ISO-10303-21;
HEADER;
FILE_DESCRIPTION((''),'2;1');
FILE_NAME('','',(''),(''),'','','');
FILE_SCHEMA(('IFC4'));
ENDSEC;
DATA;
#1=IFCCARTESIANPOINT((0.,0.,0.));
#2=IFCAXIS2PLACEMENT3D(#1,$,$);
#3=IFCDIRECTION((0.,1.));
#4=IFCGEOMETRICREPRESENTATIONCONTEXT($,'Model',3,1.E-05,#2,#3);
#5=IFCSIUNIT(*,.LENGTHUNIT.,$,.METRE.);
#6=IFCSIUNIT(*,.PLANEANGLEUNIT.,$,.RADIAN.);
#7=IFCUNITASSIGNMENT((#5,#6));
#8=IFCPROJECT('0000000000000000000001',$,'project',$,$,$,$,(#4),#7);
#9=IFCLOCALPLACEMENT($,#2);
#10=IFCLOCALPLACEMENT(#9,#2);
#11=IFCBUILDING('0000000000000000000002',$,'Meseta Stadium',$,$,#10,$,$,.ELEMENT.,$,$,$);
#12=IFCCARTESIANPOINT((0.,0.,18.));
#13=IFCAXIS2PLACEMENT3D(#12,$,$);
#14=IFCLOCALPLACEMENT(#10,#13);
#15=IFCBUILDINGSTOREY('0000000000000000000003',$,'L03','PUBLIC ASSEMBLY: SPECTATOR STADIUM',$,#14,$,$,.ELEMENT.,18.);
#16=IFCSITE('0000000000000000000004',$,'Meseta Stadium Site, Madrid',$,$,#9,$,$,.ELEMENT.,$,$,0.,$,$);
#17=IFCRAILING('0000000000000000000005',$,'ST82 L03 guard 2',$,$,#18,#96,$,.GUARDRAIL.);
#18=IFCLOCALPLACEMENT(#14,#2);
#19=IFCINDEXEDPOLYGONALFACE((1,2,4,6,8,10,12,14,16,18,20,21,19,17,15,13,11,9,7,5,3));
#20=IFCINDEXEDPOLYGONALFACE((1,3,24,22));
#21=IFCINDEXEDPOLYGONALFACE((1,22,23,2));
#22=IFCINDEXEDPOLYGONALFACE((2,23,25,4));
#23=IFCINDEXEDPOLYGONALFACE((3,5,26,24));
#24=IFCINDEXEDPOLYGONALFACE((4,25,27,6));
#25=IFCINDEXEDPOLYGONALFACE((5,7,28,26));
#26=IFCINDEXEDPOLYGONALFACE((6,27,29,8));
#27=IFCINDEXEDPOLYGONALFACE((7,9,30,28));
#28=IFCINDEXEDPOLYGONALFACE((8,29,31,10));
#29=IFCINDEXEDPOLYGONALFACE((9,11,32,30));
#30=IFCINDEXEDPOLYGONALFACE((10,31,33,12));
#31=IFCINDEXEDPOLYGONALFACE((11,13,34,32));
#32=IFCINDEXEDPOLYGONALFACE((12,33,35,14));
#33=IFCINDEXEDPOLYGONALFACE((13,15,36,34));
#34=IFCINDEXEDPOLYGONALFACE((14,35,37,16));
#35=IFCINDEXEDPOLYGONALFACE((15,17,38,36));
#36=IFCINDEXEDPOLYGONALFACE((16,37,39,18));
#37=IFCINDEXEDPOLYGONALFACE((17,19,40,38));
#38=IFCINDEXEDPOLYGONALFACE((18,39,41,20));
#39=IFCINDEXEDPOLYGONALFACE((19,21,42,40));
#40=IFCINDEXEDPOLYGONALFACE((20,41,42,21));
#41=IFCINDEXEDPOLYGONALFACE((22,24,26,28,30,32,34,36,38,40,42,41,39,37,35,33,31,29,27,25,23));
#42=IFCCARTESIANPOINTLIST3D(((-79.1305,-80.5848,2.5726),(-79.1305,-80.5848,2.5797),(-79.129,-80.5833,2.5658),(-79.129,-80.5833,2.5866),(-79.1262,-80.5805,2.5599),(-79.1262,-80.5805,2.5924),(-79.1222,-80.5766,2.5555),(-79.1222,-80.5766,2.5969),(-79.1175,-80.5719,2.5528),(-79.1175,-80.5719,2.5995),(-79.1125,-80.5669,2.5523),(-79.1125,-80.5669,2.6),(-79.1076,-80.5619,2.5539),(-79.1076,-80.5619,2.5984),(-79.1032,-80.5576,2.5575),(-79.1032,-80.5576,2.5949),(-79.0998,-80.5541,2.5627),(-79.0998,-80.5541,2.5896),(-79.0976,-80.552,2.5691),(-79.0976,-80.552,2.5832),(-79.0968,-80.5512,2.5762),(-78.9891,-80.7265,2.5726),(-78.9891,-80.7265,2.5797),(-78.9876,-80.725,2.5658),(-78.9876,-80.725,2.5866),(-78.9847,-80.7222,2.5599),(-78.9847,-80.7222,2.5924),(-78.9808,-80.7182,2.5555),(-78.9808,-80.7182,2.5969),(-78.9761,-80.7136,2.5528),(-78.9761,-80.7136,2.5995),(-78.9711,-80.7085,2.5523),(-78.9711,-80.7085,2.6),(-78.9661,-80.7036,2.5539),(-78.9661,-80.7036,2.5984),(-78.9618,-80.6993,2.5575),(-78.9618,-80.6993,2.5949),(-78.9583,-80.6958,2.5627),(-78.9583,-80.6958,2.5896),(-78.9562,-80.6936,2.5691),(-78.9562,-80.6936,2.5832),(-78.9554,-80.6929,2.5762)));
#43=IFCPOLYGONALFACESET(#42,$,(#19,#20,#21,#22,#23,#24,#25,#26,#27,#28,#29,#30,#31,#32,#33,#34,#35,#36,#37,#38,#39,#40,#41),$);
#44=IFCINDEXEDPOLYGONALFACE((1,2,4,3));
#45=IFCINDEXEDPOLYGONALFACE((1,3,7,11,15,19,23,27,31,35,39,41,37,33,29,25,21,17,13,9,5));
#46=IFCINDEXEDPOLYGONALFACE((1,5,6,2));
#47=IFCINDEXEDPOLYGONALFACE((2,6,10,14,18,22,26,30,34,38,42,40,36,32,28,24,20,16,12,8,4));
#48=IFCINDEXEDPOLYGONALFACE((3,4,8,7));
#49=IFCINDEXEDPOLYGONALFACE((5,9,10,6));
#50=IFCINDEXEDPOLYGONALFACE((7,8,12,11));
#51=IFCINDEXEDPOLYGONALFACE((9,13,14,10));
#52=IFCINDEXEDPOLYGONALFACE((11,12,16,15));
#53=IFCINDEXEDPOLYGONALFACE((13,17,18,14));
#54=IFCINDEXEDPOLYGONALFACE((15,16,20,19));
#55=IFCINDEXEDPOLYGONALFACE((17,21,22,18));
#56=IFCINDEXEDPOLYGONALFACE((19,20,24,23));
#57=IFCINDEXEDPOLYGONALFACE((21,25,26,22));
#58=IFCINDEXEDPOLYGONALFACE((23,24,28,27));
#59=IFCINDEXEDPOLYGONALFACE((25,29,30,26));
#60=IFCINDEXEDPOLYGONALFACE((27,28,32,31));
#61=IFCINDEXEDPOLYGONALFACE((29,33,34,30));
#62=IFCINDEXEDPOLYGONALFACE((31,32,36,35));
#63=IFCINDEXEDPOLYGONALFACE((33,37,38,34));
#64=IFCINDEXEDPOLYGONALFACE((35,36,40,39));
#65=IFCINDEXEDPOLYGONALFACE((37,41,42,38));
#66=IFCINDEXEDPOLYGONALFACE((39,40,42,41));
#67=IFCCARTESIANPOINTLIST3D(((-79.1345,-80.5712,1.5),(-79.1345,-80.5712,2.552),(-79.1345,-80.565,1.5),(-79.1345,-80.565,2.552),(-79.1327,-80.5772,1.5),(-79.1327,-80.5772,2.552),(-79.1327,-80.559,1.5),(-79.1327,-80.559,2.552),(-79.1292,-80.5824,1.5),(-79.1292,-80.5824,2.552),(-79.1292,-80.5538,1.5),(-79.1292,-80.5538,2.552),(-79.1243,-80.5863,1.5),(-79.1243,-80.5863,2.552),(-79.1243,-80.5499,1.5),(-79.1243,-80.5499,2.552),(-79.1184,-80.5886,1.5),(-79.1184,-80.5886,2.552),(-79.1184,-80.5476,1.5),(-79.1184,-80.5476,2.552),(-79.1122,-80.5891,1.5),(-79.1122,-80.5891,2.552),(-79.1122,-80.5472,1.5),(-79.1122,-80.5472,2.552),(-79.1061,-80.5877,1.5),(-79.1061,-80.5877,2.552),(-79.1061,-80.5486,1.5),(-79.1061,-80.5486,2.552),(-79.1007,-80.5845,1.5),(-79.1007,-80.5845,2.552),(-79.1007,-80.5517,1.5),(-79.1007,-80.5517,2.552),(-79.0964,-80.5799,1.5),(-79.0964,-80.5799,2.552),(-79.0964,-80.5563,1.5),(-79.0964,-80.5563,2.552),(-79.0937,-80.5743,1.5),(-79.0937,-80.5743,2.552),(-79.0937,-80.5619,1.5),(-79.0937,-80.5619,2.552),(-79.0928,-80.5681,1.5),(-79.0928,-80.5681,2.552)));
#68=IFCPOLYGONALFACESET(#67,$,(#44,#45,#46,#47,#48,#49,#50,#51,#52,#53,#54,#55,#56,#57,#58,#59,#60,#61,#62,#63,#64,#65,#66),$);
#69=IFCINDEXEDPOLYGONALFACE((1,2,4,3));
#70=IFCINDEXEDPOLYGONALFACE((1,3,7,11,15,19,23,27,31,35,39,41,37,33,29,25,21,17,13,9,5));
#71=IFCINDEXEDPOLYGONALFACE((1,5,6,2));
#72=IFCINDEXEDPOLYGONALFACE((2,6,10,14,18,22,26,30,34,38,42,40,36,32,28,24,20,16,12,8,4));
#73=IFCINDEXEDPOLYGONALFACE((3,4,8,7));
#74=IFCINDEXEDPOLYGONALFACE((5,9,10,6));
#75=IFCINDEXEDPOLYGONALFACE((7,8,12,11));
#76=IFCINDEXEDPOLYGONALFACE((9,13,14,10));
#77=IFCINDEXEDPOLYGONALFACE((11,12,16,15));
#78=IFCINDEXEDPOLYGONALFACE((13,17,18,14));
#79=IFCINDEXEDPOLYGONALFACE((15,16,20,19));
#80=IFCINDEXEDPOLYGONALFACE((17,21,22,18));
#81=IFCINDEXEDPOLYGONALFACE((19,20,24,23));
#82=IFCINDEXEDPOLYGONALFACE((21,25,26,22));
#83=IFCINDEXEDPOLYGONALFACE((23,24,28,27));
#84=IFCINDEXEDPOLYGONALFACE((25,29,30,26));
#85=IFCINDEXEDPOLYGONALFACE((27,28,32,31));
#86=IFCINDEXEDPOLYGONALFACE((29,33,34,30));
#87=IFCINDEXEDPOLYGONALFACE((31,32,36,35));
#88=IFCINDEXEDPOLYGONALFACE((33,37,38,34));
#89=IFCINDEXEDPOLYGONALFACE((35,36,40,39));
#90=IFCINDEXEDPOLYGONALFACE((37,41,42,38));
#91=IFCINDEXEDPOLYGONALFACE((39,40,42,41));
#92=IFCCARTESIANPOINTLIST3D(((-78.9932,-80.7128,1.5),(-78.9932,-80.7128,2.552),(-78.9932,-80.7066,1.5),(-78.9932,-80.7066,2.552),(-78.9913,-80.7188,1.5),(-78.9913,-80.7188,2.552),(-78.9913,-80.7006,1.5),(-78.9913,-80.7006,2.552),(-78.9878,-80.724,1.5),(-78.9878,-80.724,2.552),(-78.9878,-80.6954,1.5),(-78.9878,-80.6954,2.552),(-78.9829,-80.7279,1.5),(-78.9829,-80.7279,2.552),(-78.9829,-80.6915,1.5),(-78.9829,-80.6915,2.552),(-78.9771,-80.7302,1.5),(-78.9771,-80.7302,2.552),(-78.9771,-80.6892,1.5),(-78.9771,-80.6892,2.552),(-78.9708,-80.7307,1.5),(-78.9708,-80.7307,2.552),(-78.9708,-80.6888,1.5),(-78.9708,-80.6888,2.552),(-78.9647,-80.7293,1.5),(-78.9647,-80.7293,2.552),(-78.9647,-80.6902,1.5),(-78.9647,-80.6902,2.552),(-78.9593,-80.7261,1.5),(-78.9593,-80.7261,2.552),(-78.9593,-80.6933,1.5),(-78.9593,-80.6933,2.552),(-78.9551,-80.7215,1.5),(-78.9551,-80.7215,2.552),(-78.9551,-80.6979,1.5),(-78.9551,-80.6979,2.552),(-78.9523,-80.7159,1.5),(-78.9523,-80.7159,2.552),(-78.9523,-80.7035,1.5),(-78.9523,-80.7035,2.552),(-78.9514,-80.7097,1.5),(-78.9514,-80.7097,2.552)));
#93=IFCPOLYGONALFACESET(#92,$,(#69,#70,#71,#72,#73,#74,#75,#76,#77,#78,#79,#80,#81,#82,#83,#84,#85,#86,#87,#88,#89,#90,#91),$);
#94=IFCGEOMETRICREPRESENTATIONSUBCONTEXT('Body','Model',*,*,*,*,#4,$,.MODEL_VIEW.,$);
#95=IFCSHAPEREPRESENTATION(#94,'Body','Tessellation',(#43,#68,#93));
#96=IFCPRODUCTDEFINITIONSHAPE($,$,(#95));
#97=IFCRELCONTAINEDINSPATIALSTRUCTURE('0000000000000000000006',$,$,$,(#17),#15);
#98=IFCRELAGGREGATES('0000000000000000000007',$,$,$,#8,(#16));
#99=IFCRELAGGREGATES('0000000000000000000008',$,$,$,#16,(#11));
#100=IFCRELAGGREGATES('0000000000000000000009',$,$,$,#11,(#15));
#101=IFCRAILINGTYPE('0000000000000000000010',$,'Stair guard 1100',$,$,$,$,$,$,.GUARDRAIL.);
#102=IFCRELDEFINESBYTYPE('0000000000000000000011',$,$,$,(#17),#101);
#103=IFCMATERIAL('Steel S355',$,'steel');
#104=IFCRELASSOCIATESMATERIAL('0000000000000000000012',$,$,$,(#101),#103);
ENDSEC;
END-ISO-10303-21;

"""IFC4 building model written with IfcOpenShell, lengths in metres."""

from ifc_helpers import new_model, si_unit, direction, frame, origin, origin_2d, place, context, subcontext, project, spatial, circle, extrude, material, type_object, element, save


model = new_model("IFC4")

# Units and contexts
model_context = context("Model", 3, precision=1e-05, world=origin(), true_north=direction((0.0, 1.0)))
body_context = subcontext(model_context, "Body", "Model", "MODEL_VIEW")
ifc_project = project(units=[si_unit("LENGTHUNIT", "METRE"), si_unit("PLANEANGLEUNIT", "RADIAN")], contexts=[model_context])

# Site, building, storey
site_placement = place(None, origin())
site = spatial("IfcSite", under=ifc_project, at=site_placement, Name="Meseta Stadium Site, Madrid", CompositionType="ELEMENT", RefElevation=0.0)
building_placement = place(site_placement, origin())
building = spatial("IfcBuilding", under=site, at=building_placement, Name="Meseta Stadium", CompositionType="ELEMENT")
storey_placement = place(building_placement, frame((0.0, 0.0, 18.0)))
storey = spatial("IfcBuildingStorey", under=building, at=storey_placement, Name="L03", Description="PUBLIC ASSEMBLY: SPECTATOR STADIUM", CompositionType="ELEMENT", Elevation=18.0)

# Railing
ifc_material_1 = material(Name="Steel S355", Category="steel")
railing_type_1 = type_object("IfcRailingType", Name="Stair guard 1100", PredefinedType="GUARDRAIL", material=ifc_material_1)
railing_1_placement = place(storey_placement, frame((-79.1138, -80.5681, 1.5)))
element("IfcRailing", 1, at=railing_1_placement, inside=storey, type_object=railing_type_1, Name="ST82 L03 guard 2", PredefinedType="GUARDRAIL", context=body_context, shape_type="SweptSolid", body=[
    extrude(circle(Radius=0.0239, at=origin_2d()), frame((0.0, 0.0, 1.0762), z_axis=(0.706496, -0.707717, 0.0), x_axis=(0.707717, 0.706496, 0.0)), (0.0, 0.0, 1.0), 0.2002),
    extrude(circle(Radius=0.021, at=origin_2d()), origin(), (0.0, 0.0, 1.0), 1.052),
    extrude(circle(Radius=0.021, at=origin_2d()), frame((0.1414, -0.1416, 0.0)), (0.0, 0.0, 1.0), 1.052),
])

save(model, "model.ifc")
